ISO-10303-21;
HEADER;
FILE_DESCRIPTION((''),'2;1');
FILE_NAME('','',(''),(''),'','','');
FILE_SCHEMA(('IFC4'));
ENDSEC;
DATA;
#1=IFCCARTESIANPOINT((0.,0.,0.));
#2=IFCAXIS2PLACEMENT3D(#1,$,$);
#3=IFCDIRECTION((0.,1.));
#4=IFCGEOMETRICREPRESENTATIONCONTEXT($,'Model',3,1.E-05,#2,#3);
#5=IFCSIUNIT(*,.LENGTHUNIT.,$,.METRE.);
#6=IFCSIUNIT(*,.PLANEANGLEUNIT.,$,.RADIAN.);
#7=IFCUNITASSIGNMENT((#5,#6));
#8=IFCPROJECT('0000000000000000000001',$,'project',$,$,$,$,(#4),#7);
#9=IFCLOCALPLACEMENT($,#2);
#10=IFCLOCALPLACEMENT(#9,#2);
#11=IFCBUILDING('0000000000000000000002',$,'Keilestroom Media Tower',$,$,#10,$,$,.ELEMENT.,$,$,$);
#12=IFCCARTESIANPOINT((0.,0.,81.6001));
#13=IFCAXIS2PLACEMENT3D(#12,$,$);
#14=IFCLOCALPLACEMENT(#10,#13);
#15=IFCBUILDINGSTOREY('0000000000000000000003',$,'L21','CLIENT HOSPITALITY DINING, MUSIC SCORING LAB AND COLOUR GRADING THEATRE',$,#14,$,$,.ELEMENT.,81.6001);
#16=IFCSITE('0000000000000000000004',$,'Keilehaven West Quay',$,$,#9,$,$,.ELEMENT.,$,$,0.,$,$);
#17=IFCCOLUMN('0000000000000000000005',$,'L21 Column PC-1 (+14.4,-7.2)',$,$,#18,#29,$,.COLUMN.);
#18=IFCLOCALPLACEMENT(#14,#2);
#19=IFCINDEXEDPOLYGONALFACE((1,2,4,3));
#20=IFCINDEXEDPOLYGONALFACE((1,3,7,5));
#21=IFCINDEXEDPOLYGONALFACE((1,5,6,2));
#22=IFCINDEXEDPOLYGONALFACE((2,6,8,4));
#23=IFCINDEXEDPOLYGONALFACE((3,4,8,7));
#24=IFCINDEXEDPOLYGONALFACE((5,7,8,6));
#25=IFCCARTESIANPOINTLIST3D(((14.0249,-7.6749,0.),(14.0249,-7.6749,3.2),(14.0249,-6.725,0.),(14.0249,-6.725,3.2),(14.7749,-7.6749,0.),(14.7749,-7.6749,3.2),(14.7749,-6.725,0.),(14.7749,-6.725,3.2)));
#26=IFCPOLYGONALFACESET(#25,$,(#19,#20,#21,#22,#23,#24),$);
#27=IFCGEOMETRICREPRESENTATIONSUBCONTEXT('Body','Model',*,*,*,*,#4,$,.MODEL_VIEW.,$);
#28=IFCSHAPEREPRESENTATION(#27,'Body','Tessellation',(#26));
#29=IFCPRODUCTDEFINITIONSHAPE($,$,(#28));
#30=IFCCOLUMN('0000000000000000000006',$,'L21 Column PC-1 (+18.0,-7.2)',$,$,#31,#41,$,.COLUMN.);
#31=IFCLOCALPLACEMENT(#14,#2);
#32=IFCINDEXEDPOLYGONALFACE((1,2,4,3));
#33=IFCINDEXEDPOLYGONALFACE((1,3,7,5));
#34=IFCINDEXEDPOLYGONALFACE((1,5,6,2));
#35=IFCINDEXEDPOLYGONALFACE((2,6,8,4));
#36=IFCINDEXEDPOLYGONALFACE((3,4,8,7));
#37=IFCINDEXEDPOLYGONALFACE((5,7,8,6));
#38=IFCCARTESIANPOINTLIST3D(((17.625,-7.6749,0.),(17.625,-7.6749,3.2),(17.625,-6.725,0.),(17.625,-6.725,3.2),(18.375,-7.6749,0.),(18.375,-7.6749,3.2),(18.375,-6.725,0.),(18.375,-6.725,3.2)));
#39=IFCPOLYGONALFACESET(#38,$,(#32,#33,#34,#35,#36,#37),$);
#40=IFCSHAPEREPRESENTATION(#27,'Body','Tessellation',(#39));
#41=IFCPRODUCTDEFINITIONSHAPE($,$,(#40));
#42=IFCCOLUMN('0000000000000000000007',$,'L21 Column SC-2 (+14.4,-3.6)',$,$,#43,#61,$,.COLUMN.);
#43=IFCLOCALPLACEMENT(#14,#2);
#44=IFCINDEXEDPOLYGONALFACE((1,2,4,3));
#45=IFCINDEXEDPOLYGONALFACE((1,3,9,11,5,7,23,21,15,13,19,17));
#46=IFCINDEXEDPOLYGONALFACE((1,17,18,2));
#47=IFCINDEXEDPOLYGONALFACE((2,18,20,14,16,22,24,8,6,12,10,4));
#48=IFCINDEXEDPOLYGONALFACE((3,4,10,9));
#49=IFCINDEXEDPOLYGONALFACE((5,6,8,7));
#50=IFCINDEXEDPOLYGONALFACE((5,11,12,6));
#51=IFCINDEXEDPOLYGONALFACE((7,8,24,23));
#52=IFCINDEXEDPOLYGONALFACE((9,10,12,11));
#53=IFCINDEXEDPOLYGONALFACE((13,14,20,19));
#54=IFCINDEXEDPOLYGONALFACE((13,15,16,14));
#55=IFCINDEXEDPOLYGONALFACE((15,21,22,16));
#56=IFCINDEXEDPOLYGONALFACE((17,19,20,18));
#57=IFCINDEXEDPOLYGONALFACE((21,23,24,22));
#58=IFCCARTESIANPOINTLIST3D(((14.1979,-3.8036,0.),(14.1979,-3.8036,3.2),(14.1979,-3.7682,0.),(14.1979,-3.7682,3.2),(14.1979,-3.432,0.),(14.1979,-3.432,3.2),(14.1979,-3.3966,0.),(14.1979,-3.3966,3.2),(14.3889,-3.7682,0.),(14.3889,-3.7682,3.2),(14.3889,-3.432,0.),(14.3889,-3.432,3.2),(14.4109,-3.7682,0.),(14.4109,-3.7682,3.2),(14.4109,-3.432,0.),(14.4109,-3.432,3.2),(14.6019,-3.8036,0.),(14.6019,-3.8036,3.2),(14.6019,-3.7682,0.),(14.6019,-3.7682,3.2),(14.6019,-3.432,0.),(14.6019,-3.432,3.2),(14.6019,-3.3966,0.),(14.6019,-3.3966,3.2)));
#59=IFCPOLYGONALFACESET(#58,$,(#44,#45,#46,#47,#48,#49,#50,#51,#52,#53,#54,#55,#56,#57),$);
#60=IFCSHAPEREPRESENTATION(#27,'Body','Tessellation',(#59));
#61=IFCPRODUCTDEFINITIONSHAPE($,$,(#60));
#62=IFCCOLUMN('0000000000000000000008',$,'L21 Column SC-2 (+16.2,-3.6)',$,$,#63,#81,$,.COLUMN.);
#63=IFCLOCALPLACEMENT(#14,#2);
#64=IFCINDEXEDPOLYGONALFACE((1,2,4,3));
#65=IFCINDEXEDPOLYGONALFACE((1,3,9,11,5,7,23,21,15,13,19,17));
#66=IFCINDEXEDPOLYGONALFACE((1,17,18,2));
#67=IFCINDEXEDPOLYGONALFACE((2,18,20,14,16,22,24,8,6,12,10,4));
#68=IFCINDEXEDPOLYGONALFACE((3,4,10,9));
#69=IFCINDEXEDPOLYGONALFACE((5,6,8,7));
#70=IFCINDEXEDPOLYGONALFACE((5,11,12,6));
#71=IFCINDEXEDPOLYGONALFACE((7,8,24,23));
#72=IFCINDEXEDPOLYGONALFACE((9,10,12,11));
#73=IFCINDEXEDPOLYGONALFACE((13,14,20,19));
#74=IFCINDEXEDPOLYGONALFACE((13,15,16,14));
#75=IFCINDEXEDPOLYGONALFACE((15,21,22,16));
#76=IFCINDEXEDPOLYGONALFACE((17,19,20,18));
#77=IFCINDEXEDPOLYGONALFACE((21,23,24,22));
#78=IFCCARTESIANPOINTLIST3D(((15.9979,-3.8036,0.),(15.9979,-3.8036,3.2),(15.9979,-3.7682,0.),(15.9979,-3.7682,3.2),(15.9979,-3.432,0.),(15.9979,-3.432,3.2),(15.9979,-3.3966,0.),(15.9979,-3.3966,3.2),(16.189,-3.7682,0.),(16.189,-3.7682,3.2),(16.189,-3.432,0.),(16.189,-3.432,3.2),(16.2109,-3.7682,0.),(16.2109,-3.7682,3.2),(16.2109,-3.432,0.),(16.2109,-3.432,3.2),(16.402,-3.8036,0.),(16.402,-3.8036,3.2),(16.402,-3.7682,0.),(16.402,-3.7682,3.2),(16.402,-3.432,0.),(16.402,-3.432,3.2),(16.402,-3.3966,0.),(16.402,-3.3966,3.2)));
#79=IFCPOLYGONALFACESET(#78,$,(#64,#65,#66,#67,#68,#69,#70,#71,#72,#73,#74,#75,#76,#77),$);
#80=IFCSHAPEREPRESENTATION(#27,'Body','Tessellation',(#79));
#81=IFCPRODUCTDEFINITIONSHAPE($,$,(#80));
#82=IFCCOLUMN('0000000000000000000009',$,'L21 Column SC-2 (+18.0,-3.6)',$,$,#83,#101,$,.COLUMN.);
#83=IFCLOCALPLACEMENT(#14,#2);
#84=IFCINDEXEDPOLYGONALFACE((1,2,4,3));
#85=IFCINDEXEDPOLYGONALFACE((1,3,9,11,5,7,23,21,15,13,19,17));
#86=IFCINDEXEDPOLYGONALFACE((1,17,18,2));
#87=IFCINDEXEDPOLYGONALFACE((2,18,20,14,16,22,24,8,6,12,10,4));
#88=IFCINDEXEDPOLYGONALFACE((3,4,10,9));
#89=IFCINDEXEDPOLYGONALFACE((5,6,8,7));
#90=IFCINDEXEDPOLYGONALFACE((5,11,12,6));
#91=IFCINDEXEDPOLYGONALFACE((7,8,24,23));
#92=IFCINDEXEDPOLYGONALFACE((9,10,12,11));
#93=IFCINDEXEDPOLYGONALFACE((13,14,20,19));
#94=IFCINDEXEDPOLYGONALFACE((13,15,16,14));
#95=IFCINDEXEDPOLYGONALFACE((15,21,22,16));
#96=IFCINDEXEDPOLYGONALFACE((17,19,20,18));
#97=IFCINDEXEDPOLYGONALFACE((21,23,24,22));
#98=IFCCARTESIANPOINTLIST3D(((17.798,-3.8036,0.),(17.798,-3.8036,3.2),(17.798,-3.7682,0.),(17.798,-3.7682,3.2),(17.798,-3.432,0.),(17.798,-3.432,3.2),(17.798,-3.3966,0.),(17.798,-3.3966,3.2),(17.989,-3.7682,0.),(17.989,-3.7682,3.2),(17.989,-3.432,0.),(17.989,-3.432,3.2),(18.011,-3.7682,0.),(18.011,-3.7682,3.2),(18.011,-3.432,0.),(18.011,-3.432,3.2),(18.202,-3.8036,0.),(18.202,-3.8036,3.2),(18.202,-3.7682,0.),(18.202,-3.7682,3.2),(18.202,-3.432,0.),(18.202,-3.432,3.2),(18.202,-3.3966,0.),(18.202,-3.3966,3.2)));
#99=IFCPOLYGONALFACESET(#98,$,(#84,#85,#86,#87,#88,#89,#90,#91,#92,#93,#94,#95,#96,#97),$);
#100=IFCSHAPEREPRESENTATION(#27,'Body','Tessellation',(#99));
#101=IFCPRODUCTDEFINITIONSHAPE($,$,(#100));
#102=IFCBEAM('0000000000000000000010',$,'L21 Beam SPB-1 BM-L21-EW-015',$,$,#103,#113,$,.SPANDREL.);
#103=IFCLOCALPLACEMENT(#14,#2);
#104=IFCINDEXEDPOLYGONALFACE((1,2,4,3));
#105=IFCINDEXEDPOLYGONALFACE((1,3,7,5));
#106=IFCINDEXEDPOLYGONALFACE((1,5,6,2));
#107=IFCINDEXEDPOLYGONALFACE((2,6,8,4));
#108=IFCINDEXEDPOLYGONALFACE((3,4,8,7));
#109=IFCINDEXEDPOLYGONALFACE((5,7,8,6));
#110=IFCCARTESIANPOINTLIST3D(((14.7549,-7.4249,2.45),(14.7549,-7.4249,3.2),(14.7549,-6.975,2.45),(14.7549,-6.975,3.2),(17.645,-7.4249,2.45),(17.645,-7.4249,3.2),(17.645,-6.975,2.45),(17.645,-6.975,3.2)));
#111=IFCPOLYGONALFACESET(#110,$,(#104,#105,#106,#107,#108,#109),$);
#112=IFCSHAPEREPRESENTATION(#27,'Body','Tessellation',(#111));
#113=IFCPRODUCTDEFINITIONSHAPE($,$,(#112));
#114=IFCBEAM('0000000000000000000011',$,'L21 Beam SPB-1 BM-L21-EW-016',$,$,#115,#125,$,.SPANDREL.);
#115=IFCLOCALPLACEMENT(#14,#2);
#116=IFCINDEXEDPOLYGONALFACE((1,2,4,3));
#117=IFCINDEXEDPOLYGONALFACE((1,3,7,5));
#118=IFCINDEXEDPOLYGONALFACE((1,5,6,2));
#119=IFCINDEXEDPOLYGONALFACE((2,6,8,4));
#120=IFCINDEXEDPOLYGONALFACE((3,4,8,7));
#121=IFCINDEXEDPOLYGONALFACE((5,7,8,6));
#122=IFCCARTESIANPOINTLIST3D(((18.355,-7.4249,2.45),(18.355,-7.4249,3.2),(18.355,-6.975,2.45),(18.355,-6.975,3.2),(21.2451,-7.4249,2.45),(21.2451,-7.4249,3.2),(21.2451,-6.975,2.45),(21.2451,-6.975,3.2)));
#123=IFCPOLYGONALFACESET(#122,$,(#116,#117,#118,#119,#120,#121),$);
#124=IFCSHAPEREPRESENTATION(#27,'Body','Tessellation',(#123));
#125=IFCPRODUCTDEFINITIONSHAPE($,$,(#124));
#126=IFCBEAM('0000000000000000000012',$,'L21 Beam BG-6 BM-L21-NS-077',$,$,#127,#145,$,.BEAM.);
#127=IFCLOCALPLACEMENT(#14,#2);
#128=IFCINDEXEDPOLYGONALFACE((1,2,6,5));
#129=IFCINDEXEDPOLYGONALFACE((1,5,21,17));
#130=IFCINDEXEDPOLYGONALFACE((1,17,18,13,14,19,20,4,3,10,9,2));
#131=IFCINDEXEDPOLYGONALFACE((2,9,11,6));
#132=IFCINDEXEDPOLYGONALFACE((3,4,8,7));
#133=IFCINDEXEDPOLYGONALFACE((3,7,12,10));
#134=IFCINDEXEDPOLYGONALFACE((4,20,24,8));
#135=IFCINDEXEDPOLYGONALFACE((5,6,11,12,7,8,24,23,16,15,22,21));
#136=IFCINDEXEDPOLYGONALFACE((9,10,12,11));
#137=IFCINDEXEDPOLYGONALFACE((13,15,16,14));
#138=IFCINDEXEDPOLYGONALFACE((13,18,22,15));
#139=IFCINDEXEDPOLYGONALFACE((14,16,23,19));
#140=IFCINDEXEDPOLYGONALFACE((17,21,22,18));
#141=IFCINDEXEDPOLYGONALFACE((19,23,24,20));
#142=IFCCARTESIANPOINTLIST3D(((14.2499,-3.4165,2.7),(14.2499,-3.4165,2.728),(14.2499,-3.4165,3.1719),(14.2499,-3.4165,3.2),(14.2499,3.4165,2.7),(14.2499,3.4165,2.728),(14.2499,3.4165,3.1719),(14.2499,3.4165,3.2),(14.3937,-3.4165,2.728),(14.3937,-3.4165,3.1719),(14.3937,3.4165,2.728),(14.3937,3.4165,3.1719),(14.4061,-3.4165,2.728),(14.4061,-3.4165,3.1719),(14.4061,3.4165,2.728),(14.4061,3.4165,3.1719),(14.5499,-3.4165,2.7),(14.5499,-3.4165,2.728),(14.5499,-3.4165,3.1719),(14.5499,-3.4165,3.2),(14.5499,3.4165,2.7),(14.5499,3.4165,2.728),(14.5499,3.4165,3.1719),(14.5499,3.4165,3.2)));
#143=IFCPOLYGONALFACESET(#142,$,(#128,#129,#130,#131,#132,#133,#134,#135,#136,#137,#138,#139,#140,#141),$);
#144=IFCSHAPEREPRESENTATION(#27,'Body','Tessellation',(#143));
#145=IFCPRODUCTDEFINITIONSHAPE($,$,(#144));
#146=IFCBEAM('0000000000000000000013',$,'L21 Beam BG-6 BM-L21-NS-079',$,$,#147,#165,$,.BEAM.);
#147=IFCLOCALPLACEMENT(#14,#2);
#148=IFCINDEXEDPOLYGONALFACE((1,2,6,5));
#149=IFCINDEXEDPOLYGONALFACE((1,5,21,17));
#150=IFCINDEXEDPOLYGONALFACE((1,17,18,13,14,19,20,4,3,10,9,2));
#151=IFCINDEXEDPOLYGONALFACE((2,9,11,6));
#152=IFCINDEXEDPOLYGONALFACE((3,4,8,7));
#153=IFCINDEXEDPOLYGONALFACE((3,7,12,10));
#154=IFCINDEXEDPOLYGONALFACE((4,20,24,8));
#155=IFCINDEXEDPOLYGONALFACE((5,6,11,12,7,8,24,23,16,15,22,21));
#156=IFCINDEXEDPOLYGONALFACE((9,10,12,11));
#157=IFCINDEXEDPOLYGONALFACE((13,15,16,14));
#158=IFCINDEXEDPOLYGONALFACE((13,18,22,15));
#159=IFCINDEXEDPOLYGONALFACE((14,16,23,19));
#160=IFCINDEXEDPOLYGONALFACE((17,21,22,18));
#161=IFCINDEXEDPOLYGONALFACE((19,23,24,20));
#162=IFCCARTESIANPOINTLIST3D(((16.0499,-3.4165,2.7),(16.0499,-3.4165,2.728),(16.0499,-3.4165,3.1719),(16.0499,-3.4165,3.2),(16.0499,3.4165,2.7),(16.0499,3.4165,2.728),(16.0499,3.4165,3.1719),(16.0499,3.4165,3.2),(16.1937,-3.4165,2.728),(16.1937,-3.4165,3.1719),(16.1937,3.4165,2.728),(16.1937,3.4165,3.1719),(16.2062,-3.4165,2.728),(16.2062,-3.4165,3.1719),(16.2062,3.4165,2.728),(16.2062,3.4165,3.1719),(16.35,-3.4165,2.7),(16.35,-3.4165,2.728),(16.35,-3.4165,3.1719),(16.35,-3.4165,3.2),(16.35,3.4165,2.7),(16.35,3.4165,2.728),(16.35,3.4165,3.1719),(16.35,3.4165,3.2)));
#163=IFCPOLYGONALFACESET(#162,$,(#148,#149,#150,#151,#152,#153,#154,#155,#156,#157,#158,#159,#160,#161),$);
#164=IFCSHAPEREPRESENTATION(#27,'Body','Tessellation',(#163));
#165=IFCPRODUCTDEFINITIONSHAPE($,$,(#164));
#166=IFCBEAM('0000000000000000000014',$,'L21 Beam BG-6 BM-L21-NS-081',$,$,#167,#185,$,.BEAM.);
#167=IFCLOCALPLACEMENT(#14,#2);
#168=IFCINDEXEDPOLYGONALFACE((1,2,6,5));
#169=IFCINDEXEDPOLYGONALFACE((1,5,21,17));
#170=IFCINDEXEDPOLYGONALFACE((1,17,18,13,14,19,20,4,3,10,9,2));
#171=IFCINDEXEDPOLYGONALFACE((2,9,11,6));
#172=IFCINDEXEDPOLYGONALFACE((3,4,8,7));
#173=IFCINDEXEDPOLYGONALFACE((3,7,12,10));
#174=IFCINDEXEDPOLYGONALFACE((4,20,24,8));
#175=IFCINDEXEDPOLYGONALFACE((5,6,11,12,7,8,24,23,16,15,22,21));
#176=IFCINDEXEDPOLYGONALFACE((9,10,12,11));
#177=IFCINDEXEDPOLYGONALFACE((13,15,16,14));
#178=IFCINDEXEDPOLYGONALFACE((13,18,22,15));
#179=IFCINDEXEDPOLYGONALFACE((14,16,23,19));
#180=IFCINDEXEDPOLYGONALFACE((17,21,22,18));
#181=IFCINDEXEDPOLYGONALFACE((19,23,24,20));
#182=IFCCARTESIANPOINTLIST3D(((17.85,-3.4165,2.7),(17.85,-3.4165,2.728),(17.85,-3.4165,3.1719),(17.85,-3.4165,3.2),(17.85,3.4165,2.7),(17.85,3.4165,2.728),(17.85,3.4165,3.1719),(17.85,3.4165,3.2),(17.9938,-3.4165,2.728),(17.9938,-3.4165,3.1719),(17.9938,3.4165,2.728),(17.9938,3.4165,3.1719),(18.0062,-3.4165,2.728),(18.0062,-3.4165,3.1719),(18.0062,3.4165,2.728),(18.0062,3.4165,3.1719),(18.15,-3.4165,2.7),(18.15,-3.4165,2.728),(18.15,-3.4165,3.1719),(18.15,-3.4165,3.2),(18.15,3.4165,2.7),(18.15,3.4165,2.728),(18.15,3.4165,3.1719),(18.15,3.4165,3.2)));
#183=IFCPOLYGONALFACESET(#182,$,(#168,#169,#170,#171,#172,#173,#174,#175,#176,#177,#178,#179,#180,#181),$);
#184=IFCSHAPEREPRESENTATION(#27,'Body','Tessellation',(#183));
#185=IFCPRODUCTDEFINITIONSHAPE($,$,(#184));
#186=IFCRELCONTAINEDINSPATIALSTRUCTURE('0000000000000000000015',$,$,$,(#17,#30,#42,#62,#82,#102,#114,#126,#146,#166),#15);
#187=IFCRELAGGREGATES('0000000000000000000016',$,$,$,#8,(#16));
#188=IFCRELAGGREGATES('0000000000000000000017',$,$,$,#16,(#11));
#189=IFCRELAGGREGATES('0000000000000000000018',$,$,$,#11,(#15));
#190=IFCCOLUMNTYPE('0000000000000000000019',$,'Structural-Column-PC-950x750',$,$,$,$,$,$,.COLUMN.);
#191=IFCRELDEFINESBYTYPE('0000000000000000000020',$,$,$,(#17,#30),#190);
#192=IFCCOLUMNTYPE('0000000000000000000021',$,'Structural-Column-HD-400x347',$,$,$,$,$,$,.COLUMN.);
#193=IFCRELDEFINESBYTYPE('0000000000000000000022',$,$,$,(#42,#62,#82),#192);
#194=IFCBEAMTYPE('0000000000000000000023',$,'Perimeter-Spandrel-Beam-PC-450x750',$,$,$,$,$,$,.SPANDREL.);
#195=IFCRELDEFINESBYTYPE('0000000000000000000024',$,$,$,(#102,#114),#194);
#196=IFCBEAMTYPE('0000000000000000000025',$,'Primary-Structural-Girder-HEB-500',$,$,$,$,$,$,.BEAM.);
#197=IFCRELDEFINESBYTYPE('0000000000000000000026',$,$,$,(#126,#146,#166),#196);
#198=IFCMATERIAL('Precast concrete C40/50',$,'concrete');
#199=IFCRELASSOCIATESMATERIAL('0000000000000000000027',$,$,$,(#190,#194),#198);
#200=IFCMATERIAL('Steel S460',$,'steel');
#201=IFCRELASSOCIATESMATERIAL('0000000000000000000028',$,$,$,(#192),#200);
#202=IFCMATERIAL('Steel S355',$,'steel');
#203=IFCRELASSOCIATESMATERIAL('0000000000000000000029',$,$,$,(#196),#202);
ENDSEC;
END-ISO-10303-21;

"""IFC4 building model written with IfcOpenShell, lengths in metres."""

from ifc_helpers import new_model, si_unit, direction, frame, origin, origin_2d, place, context, subcontext, project, spatial, rectangle, i_section, extrude, source, transform, mapped, material, material_profile, profile_set, type_object, element, save


model = new_model("IFC4")

# Units and contexts
model_context = context("Model", 3, precision=1e-05, world=origin(), true_north=direction((0.0, 1.0)))
body_context = subcontext(model_context, "Body", "Model", "MODEL_VIEW")
ifc_project = project(units=[si_unit("LENGTHUNIT", "METRE"), si_unit("PLANEANGLEUNIT", "RADIAN")], contexts=[model_context])

# Site, building, storey
site_placement = place(None, origin())
site = spatial("IfcSite", under=ifc_project, at=site_placement, Name="Keilehaven West Quay", CompositionType="ELEMENT", RefElevation=0.0)
building_placement = place(site_placement, origin())
building = spatial("IfcBuilding", under=site, at=building_placement, Name="Keilestroom Media Tower", CompositionType="ELEMENT")
storey_placement = place(building_placement, frame((0.0, 0.0, 81.6001)))
storey = spatial("IfcBuildingStorey", under=building, at=storey_placement, Name="L21", Description="CLIENT HOSPITALITY DINING, MUSIC SCORING LAB AND COLOUR GRADING THEATRE", CompositionType="ELEMENT", Elevation=81.6001)

# Columns
ifc_material_1 = material(Name="Precast concrete C40/50", Category="concrete")
ifc_material_profile_1 = material_profile(ifc_material_1, rectangle(XDim=0.75, YDim=0.95, at=origin_2d()), Name="PC 950x750")
ifc_profile_set_1 = profile_set([ifc_material_profile_1], Name="Precast concrete C40/50")
column_type_1 = type_object("IfcColumnType", Name="Structural-Column-PC-950x750", PredefinedType="COLUMN", material=ifc_profile_set_1)
shared_shape_1 = source(origin(), body_context, "Body", "SweptSolid", [
    extrude(rectangle(XDim=0.75, YDim=0.95, at=origin_2d()), origin(), (0.0, 0.0, 1.0), 3.2),
])
for number, where, z_axis, x_axis, name in (
    (1, (14.3999, -7.2, 0.0), (0.0, 0.0, 1.0), (1.0, 0.0, 0.0), "L21 Column PC-1 (+14.4,-7.2)"),
    (2, (18.0, -7.2, 0.0), (0.0, 0.0, 1.0), (1.0, 0.0, 0.0), "L21 Column PC-1 (+18.0,-7.2)"),
):
    element("IfcColumn", number, at=place(storey_placement, frame(where, z_axis=z_axis, x_axis=x_axis)), inside=storey, type_object=column_type_1, Name=name, PredefinedType="COLUMN", context=body_context, shape_type="MappedRepresentation", body=[
        mapped(shared_shape_1, transform((0.0, 0.0, 0.0), x_axis=(1.0, 0.0, 0.0), y_axis=(0.0, 1.0, 0.0), z_axis=(0.0, 0.0, 1.0), scale=1.0)),
    ])
ifc_material_2 = material(Name="Steel S460", Category="steel")
ifc_material_profile_2 = material_profile(ifc_material_2, i_section(OverallWidth=0.4041, OverallDepth=0.407, WebThickness=0.022, FlangeThickness=0.0354, at=origin_2d()), Name="HD 400x347")
ifc_profile_set_2 = profile_set([ifc_material_profile_2], Name="Steel S460")
column_type_2 = type_object("IfcColumnType", Name="Structural-Column-HD-400x347", PredefinedType="COLUMN", material=ifc_profile_set_2)
shared_shape_2 = source(origin(), body_context, "Body", "SweptSolid", [
    extrude(i_section(OverallWidth=0.4041, OverallDepth=0.407, WebThickness=0.022, FlangeThickness=0.0354, at=origin_2d()), origin(), (0.0, 0.0, 1.0), 3.2),
])
for number, where, z_axis, x_axis, name in (
    (3, (14.3999, -3.6001, 0.0), (0.0, 0.0, 1.0), (1.0, 0.0, 0.0), "L21 Column SC-2 (+14.4,-3.6)"),
    (4, (16.2, -3.6001, 0.0), (0.0, 0.0, 1.0), (1.0, 0.0, 0.0), "L21 Column SC-2 (+16.2,-3.6)"),
    (5, (18.0, -3.6001, 0.0), (0.0, 0.0, 1.0), (1.0, 0.0, 0.0), "L21 Column SC-2 (+18.0,-3.6)"),
):
    element("IfcColumn", number, at=place(storey_placement, frame(where, z_axis=z_axis, x_axis=x_axis)), inside=storey, type_object=column_type_2, Name=name, PredefinedType="COLUMN", context=body_context, shape_type="MappedRepresentation", body=[
        mapped(shared_shape_2, transform((0.0, 0.0, 0.0), x_axis=(1.0, 0.0, 0.0), y_axis=(0.0, 1.0, 0.0), z_axis=(0.0, 0.0, 1.0), scale=1.0)),
    ])

# Beams
ifc_material_profile_3 = material_profile(ifc_material_1, rectangle(XDim=0.45, YDim=0.75, at=origin_2d()), Name="PC 450x750")
ifc_profile_set_3 = profile_set([ifc_material_profile_3], Name="Precast concrete C40/50")
beam_type_1 = type_object("IfcBeamType", Name="Perimeter-Spandrel-Beam-PC-450x750", PredefinedType="SPANDREL", material=ifc_profile_set_3)
shared_shape_3 = source(origin(), body_context, "Body", "SweptSolid", [
    extrude(rectangle(XDim=0.45, YDim=0.75, at=origin_2d()), origin(), (0.0, 0.0, 1.0), 2.8901),
])
for number, where, z_axis, x_axis, name in (
    (6, (14.7549, -7.2, 2.825), (1.0, 0.0, 0.0), (0.0, 1.0, 0.0), "L21 Beam SPB-1 BM-L21-EW-015"),
    (7, (18.355, -7.2, 2.825), (1.0, 0.0, 0.0), (0.0, 1.0, 0.0), "L21 Beam SPB-1 BM-L21-EW-016"),
):
    element("IfcBeam", number, at=place(storey_placement, frame(where, z_axis=z_axis, x_axis=x_axis)), inside=storey, type_object=beam_type_1, Name=name, PredefinedType="SPANDREL", context=body_context, shape_type="MappedRepresentation", body=[
        mapped(shared_shape_3, transform((0.0, 0.0, 0.0), x_axis=(1.0, 0.0, 0.0), y_axis=(0.0, 1.0, 0.0), z_axis=(0.0, 0.0, 1.0), scale=1.0)),
    ])
ifc_material_3 = material(Name="Steel S355", Category="steel")
ifc_material_profile_4 = material_profile(ifc_material_3, i_section(OverallWidth=0.3, OverallDepth=0.5, WebThickness=0.0125, FlangeThickness=0.0281, at=origin_2d()), Name="HEB 500")
ifc_profile_set_4 = profile_set([ifc_material_profile_4], Name="Steel S355")
beam_type_2 = type_object("IfcBeamType", Name="Primary-Structural-Girder-HEB-500", PredefinedType="BEAM", material=ifc_profile_set_4)
shared_shape_4 = source(origin(), body_context, "Body", "SweptSolid", [
    extrude(i_section(OverallWidth=0.3, OverallDepth=0.5, WebThickness=0.0125, FlangeThickness=0.0281, at=origin_2d()), origin(), (0.0, 0.0, 1.0), 6.833),
])
for number, where, z_axis, x_axis, name in (
    (8, (14.3999, -3.4165, 2.95), (0.0, 1.0, 0.0), (-1.0, 0.0, 0.0), "L21 Beam BG-6 BM-L21-NS-077"),
    (9, (16.2, -3.4165, 2.95), (0.0, 1.0, 0.0), (-1.0, 0.0, 0.0), "L21 Beam BG-6 BM-L21-NS-079"),
    (10, (18.0, -3.4165, 2.95), (0.0, 1.0, 0.0), (-1.0, 0.0, 0.0), "L21 Beam BG-6 BM-L21-NS-081"),
):
    element("IfcBeam", number, at=place(storey_placement, frame(where, z_axis=z_axis, x_axis=x_axis)), inside=storey, type_object=beam_type_2, Name=name, PredefinedType="BEAM", context=body_context, shape_type="MappedRepresentation", body=[
        mapped(shared_shape_4, transform((0.0, 0.0, 0.0), x_axis=(1.0, 0.0, 0.0), y_axis=(0.0, 1.0, 0.0), z_axis=(0.0, 0.0, 1.0), scale=1.0)),
    ])

save(model, "model.ifc")
